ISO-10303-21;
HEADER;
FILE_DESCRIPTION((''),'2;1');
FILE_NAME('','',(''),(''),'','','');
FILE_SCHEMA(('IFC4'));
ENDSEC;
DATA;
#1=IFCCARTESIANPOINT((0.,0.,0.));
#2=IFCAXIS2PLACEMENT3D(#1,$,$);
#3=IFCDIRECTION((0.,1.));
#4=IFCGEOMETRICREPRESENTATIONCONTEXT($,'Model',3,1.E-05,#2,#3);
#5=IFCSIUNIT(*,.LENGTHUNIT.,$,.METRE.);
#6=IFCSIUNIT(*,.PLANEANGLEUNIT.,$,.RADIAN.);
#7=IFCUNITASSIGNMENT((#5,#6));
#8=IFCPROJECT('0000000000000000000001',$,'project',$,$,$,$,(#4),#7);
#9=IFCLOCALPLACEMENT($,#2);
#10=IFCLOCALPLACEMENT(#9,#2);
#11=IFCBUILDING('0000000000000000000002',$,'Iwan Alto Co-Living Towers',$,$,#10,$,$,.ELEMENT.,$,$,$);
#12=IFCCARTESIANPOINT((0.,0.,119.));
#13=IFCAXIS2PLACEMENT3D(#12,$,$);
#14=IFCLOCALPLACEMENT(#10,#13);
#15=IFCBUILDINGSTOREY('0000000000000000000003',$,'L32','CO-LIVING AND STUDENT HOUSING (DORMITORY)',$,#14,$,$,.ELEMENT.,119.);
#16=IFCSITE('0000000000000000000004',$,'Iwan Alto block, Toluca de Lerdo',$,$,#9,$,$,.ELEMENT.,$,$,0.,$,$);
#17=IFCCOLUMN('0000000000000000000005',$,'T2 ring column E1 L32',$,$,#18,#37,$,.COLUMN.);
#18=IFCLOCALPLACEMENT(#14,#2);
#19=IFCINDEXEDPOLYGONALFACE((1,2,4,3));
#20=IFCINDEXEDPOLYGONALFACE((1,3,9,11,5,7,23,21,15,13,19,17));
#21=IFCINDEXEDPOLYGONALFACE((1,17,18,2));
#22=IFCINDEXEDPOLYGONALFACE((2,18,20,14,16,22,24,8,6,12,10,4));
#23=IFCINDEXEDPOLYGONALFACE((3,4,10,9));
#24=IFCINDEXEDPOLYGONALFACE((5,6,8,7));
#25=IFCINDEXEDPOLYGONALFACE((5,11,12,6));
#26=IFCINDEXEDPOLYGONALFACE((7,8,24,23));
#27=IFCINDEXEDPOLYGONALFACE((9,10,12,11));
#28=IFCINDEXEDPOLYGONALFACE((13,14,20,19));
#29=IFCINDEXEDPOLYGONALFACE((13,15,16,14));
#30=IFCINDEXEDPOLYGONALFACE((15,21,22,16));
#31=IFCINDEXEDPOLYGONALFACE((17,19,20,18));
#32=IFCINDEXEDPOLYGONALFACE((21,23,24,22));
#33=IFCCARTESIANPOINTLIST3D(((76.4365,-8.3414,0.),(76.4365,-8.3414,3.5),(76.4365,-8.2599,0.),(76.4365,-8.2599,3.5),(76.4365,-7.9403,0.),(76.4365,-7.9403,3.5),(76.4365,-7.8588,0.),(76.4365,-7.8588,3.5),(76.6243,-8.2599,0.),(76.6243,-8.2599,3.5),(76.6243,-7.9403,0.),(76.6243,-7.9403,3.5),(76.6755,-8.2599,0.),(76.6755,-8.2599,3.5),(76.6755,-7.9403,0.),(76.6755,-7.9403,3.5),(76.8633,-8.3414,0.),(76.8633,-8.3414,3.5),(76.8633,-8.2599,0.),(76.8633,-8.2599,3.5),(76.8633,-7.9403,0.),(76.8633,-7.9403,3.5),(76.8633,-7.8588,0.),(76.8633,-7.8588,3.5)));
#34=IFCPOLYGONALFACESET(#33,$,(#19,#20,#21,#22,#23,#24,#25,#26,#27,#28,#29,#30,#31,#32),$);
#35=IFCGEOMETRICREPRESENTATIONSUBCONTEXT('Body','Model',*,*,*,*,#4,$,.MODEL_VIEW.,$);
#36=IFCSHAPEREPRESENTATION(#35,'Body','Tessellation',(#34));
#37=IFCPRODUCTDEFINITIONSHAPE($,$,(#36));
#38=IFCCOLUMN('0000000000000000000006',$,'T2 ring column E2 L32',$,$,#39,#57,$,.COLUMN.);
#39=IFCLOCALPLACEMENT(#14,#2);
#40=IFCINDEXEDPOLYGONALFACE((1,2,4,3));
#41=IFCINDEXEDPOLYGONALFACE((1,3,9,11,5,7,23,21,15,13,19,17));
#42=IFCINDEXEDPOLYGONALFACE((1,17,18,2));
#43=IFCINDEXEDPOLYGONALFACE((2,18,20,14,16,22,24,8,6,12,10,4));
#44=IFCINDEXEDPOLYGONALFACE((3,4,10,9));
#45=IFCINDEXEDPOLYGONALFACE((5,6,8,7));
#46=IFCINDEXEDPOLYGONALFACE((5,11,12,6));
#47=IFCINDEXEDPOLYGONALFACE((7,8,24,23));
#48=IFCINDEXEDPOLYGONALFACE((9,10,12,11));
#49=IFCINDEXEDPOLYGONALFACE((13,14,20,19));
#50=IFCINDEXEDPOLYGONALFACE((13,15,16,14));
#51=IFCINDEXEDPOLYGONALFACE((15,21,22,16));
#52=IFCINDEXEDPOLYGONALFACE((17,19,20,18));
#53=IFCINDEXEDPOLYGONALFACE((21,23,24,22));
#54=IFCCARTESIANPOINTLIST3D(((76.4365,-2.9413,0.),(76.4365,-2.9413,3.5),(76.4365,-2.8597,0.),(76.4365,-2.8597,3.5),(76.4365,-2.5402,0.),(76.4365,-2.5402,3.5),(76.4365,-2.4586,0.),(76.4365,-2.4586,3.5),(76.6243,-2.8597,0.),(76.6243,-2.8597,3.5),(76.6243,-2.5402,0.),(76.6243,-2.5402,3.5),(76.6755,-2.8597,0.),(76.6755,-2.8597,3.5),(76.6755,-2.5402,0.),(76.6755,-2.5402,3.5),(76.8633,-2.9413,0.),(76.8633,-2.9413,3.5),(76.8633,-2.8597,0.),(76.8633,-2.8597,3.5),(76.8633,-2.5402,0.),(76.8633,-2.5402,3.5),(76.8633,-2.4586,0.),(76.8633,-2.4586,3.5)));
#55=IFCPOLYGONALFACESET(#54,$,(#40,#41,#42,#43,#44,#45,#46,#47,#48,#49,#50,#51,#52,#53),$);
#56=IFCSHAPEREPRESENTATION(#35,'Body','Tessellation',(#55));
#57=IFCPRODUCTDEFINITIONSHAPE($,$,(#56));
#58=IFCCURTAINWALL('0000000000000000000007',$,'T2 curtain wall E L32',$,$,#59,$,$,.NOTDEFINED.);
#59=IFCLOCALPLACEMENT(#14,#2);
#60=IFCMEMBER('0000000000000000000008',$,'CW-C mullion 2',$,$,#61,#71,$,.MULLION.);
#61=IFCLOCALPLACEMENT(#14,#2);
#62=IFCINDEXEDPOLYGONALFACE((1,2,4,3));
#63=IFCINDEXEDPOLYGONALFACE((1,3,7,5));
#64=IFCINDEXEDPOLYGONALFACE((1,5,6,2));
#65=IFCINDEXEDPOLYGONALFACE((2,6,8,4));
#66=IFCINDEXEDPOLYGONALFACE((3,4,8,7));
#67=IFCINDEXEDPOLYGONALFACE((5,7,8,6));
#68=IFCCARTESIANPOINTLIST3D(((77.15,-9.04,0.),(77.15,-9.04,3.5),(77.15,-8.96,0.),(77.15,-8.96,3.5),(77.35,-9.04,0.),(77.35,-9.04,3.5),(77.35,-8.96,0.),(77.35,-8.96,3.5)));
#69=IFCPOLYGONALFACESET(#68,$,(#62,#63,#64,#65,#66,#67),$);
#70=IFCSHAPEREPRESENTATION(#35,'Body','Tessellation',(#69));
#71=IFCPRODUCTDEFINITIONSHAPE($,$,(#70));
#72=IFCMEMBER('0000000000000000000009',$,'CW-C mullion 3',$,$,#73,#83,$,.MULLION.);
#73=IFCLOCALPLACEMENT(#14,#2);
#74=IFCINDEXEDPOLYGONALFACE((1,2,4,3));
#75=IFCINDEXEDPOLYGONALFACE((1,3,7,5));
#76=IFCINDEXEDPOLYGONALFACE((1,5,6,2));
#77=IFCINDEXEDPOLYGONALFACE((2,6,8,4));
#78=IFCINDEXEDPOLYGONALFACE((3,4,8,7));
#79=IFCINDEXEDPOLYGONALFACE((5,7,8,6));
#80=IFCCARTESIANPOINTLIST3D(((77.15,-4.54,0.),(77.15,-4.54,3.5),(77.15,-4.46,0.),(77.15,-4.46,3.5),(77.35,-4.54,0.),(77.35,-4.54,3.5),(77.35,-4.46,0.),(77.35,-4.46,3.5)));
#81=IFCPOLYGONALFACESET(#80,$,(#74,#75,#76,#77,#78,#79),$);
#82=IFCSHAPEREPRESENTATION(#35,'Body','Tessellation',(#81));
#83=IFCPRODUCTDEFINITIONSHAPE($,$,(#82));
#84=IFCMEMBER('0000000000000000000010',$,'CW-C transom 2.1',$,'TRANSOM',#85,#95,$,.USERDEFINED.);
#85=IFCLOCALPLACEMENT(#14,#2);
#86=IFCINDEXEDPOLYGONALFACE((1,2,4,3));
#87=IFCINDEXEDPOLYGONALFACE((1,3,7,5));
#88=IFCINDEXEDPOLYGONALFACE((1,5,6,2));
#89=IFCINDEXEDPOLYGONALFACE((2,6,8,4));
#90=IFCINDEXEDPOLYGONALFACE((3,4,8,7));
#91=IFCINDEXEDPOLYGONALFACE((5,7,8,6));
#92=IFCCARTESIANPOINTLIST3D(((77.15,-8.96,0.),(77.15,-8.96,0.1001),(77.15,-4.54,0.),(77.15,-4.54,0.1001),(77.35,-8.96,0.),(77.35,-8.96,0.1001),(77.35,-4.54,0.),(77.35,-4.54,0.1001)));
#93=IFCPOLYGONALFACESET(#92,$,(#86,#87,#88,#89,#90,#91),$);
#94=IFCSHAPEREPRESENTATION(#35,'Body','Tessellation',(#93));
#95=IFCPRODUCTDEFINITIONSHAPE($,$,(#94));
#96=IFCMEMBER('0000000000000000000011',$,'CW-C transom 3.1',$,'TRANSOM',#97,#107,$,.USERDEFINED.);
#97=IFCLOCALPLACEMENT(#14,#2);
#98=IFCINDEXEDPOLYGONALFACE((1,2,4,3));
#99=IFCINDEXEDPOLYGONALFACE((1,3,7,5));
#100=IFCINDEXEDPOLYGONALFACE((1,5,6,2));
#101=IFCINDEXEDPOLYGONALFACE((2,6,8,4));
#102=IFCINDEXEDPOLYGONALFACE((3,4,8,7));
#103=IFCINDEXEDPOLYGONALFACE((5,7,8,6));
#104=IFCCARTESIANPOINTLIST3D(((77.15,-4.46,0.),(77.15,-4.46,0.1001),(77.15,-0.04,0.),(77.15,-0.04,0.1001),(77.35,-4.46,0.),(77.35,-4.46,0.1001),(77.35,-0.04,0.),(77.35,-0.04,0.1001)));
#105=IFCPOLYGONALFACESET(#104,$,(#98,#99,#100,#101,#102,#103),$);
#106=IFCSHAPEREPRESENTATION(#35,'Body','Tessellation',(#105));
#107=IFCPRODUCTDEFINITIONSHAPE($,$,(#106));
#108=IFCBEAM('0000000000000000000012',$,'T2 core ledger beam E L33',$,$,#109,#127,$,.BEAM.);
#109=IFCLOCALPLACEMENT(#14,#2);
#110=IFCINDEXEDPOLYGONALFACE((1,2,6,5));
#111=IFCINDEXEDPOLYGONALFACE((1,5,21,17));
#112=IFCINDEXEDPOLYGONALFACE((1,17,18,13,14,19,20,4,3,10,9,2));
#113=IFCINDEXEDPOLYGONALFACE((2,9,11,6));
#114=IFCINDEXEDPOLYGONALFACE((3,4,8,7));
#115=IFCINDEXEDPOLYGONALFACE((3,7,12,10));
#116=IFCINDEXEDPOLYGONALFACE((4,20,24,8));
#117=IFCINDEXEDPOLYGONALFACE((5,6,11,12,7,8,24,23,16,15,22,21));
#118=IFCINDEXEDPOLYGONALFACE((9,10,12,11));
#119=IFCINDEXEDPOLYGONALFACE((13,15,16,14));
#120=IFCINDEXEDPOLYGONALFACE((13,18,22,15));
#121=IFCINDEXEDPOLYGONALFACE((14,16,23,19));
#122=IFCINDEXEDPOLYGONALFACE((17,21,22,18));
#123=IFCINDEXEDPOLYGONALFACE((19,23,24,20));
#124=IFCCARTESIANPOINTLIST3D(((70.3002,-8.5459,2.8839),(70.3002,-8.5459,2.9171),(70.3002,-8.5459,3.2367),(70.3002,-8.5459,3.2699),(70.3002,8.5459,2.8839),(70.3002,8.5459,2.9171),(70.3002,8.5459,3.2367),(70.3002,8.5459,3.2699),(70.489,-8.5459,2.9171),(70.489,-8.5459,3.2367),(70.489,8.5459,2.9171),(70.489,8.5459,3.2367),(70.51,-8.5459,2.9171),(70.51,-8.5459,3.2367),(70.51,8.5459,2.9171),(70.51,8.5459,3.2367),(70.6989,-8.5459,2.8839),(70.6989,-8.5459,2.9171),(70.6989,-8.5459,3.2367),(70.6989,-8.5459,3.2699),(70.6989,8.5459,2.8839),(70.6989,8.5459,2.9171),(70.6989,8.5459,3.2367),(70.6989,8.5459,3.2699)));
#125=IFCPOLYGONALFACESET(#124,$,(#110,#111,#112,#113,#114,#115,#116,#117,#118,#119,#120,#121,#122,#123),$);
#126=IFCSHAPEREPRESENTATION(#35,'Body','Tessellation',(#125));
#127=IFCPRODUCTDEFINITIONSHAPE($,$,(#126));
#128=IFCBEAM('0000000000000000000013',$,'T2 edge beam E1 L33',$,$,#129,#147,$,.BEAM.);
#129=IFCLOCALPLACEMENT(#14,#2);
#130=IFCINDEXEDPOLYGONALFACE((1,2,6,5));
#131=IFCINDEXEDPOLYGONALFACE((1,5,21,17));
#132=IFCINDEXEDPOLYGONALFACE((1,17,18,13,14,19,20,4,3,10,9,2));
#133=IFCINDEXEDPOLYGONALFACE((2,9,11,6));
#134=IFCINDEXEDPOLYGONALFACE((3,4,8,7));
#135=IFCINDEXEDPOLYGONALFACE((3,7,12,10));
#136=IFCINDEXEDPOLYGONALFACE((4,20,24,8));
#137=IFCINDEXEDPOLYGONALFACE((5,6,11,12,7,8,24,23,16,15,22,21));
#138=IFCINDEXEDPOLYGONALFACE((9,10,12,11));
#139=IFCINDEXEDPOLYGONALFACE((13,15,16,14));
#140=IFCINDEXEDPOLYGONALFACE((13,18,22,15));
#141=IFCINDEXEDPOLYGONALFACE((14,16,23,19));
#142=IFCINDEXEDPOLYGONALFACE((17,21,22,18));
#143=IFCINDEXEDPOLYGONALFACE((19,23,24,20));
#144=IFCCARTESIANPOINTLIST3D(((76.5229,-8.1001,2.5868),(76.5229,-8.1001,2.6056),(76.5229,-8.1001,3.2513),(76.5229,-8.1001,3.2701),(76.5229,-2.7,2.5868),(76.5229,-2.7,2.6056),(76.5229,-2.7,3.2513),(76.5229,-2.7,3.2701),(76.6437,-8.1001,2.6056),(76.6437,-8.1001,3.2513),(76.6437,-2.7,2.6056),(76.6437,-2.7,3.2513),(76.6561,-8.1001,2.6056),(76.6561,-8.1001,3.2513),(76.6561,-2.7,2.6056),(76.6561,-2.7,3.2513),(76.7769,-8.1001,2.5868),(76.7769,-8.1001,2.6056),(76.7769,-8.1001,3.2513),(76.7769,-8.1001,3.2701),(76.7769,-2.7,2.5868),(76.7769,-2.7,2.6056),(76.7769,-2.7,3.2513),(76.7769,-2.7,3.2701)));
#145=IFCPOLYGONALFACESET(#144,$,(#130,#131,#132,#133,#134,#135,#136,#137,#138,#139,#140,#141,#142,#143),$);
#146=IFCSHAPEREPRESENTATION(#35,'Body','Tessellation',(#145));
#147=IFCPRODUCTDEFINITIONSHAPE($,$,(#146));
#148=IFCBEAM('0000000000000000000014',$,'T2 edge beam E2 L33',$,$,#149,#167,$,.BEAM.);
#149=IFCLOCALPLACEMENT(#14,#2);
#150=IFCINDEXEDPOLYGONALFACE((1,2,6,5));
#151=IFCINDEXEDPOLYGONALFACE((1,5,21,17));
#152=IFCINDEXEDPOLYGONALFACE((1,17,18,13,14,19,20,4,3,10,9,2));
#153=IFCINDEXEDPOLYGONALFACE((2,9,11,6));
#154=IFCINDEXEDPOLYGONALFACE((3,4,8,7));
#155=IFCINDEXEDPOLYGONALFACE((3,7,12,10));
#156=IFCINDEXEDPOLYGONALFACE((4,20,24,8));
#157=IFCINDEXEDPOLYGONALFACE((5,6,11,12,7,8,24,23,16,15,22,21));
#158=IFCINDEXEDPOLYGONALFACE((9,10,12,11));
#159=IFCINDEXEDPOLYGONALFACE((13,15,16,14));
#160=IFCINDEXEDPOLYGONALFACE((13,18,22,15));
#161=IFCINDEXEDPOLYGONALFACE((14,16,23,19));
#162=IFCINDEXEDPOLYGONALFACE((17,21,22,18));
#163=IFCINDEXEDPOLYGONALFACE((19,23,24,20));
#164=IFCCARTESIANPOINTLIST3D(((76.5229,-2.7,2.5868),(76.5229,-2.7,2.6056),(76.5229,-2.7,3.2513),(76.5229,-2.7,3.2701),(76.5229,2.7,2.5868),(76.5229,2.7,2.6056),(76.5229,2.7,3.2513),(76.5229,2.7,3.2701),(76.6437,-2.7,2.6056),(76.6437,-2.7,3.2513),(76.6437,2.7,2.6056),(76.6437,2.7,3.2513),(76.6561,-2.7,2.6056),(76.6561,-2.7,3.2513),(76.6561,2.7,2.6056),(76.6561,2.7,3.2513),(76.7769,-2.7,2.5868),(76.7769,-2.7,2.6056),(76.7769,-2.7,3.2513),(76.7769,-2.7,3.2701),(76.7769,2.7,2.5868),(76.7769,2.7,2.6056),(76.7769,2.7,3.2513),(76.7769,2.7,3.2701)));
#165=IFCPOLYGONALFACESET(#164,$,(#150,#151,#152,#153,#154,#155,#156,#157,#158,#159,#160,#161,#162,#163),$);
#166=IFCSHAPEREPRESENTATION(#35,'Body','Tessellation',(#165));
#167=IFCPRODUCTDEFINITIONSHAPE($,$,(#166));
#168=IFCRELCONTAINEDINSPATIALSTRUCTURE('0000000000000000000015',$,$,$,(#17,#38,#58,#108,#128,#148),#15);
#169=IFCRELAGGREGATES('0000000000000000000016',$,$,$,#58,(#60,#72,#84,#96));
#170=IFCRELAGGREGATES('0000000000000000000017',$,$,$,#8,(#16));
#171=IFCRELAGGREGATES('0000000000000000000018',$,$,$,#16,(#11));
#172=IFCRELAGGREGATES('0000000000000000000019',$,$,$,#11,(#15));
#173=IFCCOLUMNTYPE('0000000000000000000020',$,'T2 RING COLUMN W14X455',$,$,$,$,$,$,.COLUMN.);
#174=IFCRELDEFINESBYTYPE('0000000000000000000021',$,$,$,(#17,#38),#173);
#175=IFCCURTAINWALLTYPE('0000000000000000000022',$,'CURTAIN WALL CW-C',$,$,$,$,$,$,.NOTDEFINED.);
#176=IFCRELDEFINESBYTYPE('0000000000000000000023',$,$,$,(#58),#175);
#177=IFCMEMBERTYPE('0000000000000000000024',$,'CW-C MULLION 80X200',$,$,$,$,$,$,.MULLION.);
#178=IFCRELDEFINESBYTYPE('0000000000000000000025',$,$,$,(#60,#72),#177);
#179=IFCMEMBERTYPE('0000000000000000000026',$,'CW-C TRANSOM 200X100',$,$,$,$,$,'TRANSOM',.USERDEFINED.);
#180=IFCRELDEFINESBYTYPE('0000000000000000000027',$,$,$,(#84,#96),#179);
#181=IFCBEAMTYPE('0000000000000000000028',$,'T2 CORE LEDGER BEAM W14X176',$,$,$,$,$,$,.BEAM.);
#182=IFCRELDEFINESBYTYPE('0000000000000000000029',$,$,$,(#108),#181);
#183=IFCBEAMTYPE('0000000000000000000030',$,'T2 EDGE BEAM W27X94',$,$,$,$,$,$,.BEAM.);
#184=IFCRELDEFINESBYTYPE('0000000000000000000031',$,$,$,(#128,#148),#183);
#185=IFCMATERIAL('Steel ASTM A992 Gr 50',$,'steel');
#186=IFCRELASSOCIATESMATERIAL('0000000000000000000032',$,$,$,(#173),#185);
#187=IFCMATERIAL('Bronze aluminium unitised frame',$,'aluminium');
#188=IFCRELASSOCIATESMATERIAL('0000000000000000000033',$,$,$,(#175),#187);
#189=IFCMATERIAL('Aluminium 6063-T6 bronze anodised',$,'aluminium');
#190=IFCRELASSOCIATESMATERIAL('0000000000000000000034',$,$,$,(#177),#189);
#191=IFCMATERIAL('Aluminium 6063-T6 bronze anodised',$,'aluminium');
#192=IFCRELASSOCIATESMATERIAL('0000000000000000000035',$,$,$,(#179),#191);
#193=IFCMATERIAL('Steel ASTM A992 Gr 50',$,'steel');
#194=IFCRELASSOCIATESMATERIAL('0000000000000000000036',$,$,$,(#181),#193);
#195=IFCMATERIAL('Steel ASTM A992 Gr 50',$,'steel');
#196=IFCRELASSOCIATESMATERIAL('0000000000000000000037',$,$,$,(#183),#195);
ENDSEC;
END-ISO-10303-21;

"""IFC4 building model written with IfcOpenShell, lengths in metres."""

from ifc_helpers import new_model, si_unit, direction, frame, origin, origin_2d, place, context, subcontext, project, spatial, rectangle, i_section, extrude, material, material_profile, profile_set, type_object, element, aggregate, save


model = new_model("IFC4")

# Units and contexts
model_context = context("Model", 3, precision=1e-05, world=origin(), true_north=direction((0.0, 1.0)))
body_context = subcontext(model_context, "Body", "Model", "MODEL_VIEW")
ifc_project = project(units=[si_unit("LENGTHUNIT", "METRE"), si_unit("PLANEANGLEUNIT", "RADIAN")], contexts=[model_context])

# Site, building, storey
site_placement = place(None, origin())
site = spatial("IfcSite", under=ifc_project, at=site_placement, Name="Iwan Alto block, Toluca de Lerdo", CompositionType="ELEMENT", RefElevation=0.0)
building_placement = place(site_placement, origin())
building = spatial("IfcBuilding", under=site, at=building_placement, Name="Iwan Alto Co-Living Towers", CompositionType="ELEMENT")
storey_placement = place(building_placement, frame((0.0, 0.0, 119.0)))
storey = spatial("IfcBuildingStorey", under=building, at=storey_placement, Name="L32", Description="CO-LIVING AND STUDENT HOUSING (DORMITORY)", CompositionType="ELEMENT", Elevation=119.0)

# Columns
ifc_material_1 = material(Name="Steel ASTM A992 Gr 50", Category="steel")
ifc_material_profile_1 = material_profile(ifc_material_1, i_section(OverallWidth=0.4268, OverallDepth=0.4827, WebThickness=0.0513, FlangeThickness=0.0815, at=origin_2d()), Name="W14X455")
ifc_profile_set_1 = profile_set([ifc_material_profile_1], Name="Steel ASTM A992 Gr 50")
column_type = type_object("IfcColumnType", Name="T2 RING COLUMN W14X455", PredefinedType="COLUMN", material=ifc_profile_set_1)
for number, where, z_axis, x_axis, name in (
    (1, (76.6499, -8.1001, 0.0), (0.0, 0.0, 1.0), (1.0, 0.0, 0.0), "T2 ring column E1 L32"),
    (2, (76.6499, -2.7, 0.0), (0.0, 0.0, 1.0), (1.0, 0.0, 0.0), "T2 ring column E2 L32"),
):
    element("IfcColumn", number, at=place(storey_placement, frame(where, z_axis=z_axis, x_axis=x_axis)), inside=storey, type_object=column_type, Name=name, PredefinedType="COLUMN", context=body_context, shape_type="SweptSolid", body=[
        extrude(i_section(OverallWidth=0.4268, OverallDepth=0.4827, WebThickness=0.0513, FlangeThickness=0.0815, at=origin_2d()), origin(), (0.0, 0.0, 1.0), 3.5),
    ])

# Curtain wall, members
ifc_material_2 = material(Name="Bronze aluminium unitised frame", Category="aluminium")
curtain_wall_type = type_object("IfcCurtainWallType", Name="CURTAIN WALL CW-C", PredefinedType="NOTDEFINED", material=ifc_material_2)
curtain_wall_placement = place(storey_placement, origin())
curtain_wall = element("IfcCurtainWall", 3, at=curtain_wall_placement, inside=storey, type_object=curtain_wall_type, Name="T2 curtain wall E L32", PredefinedType="NOTDEFINED")
ifc_material_3 = material(Name="Aluminium 6063-T6 bronze anodised", Category="aluminium")
ifc_material_profile_2 = material_profile(ifc_material_3, rectangle(XDim=0.2, YDim=0.0801, at=origin_2d()), Name="AL 80X200")
ifc_profile_set_2 = profile_set([ifc_material_profile_2], Name="Aluminium 6063-T6 bronze anodised")
member_type_1 = type_object("IfcMemberType", Name="CW-C MULLION 80X200", PredefinedType="MULLION", material=ifc_profile_set_2)
member_1_placement = place(storey_placement, frame((77.25, -9.0, 0.0), z_axis=(0.0, 0.0, 1.0), x_axis=(-1.0, 0.0, 0.0)))
member_1 = element("IfcMember", 4, at=member_1_placement, type_object=member_type_1, Name="CW-C mullion 2", PredefinedType="MULLION", context=body_context, shape_type="SweptSolid", body=[
    extrude(rectangle(XDim=0.2, YDim=0.0801, at=origin_2d()), origin(), (0.0, 0.0, 1.0), 3.5),
])
member_2_placement = place(storey_placement, frame((77.25, -4.5, 0.0), z_axis=(0.0, 0.0, 1.0), x_axis=(-1.0, 0.0, 0.0)))
member_2 = element("IfcMember", 5, at=member_2_placement, type_object=member_type_1, Name="CW-C mullion 3", PredefinedType="MULLION", context=body_context, shape_type="SweptSolid", body=[
    extrude(rectangle(XDim=0.2, YDim=0.0801, at=origin_2d()), origin(), (0.0, 0.0, 1.0), 3.5),
])
ifc_material_4 = material(Name="Aluminium 6063-T6 bronze anodised", Category="aluminium")
ifc_material_profile_3 = material_profile(ifc_material_4, rectangle(XDim=0.2, YDim=0.1001, at=origin_2d()), Name="AL 200X100")
ifc_profile_set_3 = profile_set([ifc_material_profile_3], Name="Aluminium 6063-T6 bronze anodised")
member_type_2 = type_object("IfcMemberType", Name="CW-C TRANSOM 200X100", ElementType="TRANSOM", PredefinedType="USERDEFINED", material=ifc_profile_set_3)
member_3_placement = place(storey_placement, frame((77.25, -8.96, 0.05), z_axis=(0.0, 1.0, 0.0), x_axis=(-1.0, 0.0, 0.0)))
member_3 = element("IfcMember", 6, at=member_3_placement, type_object=member_type_2, Name="CW-C transom 2.1", ObjectType="TRANSOM", PredefinedType="USERDEFINED", context=body_context, shape_type="SweptSolid", body=[
    extrude(rectangle(XDim=0.2, YDim=0.1001, at=origin_2d()), origin(), (0.0, 0.0, 1.0), 4.4199),
])
member_4_placement = place(storey_placement, frame((77.25, -4.46, 0.05), z_axis=(0.0, 1.0, 0.0), x_axis=(-1.0, 0.0, 0.0)))
member_4 = element("IfcMember", 7, at=member_4_placement, type_object=member_type_2, Name="CW-C transom 3.1", ObjectType="TRANSOM", PredefinedType="USERDEFINED", context=body_context, shape_type="SweptSolid", body=[
    extrude(rectangle(XDim=0.2, YDim=0.1001, at=origin_2d()), origin(), (0.0, 0.0, 1.0), 4.4199),
])

# Beams
ifc_material_5 = material(Name="Steel ASTM A992 Gr 50", Category="steel")
ifc_material_profile_4 = material_profile(ifc_material_5, i_section(OverallWidth=0.3987, OverallDepth=0.386, WebThickness=0.021, FlangeThickness=0.0332, at=origin_2d()), Name="W14X176")
ifc_profile_set_4 = profile_set([ifc_material_profile_4], Name="Steel ASTM A992 Gr 50")
beam_type_1 = type_object("IfcBeamType", Name="T2 CORE LEDGER BEAM W14X176", PredefinedType="BEAM", material=ifc_profile_set_4)
beam_1_placement = place(storey_placement, frame((70.4995, -8.5459, 3.0769), z_axis=(0.0, 1.0, 0.0), x_axis=(-1.0, 0.0, 0.0)))
element("IfcBeam", 8, at=beam_1_placement, inside=storey, type_object=beam_type_1, Name="T2 core ledger beam E L33", PredefinedType="BEAM", context=body_context, shape_type="SweptSolid", body=[
    extrude(i_section(OverallWidth=0.3987, OverallDepth=0.386, WebThickness=0.021, FlangeThickness=0.0332, at=origin_2d()), origin(), (0.0, 0.0, 1.0), 17.0918),
])
ifc_material_6 = material(Name="Steel ASTM A992 Gr 50", Category="steel")
ifc_material_profile_5 = material_profile(ifc_material_6, i_section(OverallWidth=0.2539, OverallDepth=0.6833, WebThickness=0.0125, FlangeThickness=0.0188, at=origin_2d()), Name="W27X94")
ifc_profile_set_5 = profile_set([ifc_material_profile_5], Name="Steel ASTM A992 Gr 50")
beam_type_2 = type_object("IfcBeamType", Name="T2 EDGE BEAM W27X94", PredefinedType="BEAM", material=ifc_profile_set_5)
beam_2_placement = place(storey_placement, frame((76.6499, -8.1001, 2.9285), z_axis=(0.0, 1.0, 0.0), x_axis=(-1.0, 0.0, 0.0)))
element("IfcBeam", 9, at=beam_2_placement, inside=storey, type_object=beam_type_2, Name="T2 edge beam E1 L33", PredefinedType="BEAM", context=body_context, shape_type="SweptSolid", body=[
    extrude(i_section(OverallWidth=0.2539, OverallDepth=0.6833, WebThickness=0.0125, FlangeThickness=0.0188, at=origin_2d()), origin(), (0.0, 0.0, 1.0), 5.4001),
])
beam_3_placement = place(storey_placement, frame((76.6499, -2.7, 2.9285), z_axis=(0.0, 1.0, 0.0), x_axis=(-1.0, 0.0, 0.0)))
element("IfcBeam", 10, at=beam_3_placement, inside=storey, type_object=beam_type_2, Name="T2 edge beam E2 L33", PredefinedType="BEAM", context=body_context, shape_type="SweptSolid", body=[
    extrude(i_section(OverallWidth=0.2539, OverallDepth=0.6833, WebThickness=0.0125, FlangeThickness=0.0188, at=origin_2d()), origin(), (0.0, 0.0, 1.0), 5.3999),
])

aggregate(curtain_wall, [member_1, member_2, member_3, member_4])

save(model, "model.ifc")
